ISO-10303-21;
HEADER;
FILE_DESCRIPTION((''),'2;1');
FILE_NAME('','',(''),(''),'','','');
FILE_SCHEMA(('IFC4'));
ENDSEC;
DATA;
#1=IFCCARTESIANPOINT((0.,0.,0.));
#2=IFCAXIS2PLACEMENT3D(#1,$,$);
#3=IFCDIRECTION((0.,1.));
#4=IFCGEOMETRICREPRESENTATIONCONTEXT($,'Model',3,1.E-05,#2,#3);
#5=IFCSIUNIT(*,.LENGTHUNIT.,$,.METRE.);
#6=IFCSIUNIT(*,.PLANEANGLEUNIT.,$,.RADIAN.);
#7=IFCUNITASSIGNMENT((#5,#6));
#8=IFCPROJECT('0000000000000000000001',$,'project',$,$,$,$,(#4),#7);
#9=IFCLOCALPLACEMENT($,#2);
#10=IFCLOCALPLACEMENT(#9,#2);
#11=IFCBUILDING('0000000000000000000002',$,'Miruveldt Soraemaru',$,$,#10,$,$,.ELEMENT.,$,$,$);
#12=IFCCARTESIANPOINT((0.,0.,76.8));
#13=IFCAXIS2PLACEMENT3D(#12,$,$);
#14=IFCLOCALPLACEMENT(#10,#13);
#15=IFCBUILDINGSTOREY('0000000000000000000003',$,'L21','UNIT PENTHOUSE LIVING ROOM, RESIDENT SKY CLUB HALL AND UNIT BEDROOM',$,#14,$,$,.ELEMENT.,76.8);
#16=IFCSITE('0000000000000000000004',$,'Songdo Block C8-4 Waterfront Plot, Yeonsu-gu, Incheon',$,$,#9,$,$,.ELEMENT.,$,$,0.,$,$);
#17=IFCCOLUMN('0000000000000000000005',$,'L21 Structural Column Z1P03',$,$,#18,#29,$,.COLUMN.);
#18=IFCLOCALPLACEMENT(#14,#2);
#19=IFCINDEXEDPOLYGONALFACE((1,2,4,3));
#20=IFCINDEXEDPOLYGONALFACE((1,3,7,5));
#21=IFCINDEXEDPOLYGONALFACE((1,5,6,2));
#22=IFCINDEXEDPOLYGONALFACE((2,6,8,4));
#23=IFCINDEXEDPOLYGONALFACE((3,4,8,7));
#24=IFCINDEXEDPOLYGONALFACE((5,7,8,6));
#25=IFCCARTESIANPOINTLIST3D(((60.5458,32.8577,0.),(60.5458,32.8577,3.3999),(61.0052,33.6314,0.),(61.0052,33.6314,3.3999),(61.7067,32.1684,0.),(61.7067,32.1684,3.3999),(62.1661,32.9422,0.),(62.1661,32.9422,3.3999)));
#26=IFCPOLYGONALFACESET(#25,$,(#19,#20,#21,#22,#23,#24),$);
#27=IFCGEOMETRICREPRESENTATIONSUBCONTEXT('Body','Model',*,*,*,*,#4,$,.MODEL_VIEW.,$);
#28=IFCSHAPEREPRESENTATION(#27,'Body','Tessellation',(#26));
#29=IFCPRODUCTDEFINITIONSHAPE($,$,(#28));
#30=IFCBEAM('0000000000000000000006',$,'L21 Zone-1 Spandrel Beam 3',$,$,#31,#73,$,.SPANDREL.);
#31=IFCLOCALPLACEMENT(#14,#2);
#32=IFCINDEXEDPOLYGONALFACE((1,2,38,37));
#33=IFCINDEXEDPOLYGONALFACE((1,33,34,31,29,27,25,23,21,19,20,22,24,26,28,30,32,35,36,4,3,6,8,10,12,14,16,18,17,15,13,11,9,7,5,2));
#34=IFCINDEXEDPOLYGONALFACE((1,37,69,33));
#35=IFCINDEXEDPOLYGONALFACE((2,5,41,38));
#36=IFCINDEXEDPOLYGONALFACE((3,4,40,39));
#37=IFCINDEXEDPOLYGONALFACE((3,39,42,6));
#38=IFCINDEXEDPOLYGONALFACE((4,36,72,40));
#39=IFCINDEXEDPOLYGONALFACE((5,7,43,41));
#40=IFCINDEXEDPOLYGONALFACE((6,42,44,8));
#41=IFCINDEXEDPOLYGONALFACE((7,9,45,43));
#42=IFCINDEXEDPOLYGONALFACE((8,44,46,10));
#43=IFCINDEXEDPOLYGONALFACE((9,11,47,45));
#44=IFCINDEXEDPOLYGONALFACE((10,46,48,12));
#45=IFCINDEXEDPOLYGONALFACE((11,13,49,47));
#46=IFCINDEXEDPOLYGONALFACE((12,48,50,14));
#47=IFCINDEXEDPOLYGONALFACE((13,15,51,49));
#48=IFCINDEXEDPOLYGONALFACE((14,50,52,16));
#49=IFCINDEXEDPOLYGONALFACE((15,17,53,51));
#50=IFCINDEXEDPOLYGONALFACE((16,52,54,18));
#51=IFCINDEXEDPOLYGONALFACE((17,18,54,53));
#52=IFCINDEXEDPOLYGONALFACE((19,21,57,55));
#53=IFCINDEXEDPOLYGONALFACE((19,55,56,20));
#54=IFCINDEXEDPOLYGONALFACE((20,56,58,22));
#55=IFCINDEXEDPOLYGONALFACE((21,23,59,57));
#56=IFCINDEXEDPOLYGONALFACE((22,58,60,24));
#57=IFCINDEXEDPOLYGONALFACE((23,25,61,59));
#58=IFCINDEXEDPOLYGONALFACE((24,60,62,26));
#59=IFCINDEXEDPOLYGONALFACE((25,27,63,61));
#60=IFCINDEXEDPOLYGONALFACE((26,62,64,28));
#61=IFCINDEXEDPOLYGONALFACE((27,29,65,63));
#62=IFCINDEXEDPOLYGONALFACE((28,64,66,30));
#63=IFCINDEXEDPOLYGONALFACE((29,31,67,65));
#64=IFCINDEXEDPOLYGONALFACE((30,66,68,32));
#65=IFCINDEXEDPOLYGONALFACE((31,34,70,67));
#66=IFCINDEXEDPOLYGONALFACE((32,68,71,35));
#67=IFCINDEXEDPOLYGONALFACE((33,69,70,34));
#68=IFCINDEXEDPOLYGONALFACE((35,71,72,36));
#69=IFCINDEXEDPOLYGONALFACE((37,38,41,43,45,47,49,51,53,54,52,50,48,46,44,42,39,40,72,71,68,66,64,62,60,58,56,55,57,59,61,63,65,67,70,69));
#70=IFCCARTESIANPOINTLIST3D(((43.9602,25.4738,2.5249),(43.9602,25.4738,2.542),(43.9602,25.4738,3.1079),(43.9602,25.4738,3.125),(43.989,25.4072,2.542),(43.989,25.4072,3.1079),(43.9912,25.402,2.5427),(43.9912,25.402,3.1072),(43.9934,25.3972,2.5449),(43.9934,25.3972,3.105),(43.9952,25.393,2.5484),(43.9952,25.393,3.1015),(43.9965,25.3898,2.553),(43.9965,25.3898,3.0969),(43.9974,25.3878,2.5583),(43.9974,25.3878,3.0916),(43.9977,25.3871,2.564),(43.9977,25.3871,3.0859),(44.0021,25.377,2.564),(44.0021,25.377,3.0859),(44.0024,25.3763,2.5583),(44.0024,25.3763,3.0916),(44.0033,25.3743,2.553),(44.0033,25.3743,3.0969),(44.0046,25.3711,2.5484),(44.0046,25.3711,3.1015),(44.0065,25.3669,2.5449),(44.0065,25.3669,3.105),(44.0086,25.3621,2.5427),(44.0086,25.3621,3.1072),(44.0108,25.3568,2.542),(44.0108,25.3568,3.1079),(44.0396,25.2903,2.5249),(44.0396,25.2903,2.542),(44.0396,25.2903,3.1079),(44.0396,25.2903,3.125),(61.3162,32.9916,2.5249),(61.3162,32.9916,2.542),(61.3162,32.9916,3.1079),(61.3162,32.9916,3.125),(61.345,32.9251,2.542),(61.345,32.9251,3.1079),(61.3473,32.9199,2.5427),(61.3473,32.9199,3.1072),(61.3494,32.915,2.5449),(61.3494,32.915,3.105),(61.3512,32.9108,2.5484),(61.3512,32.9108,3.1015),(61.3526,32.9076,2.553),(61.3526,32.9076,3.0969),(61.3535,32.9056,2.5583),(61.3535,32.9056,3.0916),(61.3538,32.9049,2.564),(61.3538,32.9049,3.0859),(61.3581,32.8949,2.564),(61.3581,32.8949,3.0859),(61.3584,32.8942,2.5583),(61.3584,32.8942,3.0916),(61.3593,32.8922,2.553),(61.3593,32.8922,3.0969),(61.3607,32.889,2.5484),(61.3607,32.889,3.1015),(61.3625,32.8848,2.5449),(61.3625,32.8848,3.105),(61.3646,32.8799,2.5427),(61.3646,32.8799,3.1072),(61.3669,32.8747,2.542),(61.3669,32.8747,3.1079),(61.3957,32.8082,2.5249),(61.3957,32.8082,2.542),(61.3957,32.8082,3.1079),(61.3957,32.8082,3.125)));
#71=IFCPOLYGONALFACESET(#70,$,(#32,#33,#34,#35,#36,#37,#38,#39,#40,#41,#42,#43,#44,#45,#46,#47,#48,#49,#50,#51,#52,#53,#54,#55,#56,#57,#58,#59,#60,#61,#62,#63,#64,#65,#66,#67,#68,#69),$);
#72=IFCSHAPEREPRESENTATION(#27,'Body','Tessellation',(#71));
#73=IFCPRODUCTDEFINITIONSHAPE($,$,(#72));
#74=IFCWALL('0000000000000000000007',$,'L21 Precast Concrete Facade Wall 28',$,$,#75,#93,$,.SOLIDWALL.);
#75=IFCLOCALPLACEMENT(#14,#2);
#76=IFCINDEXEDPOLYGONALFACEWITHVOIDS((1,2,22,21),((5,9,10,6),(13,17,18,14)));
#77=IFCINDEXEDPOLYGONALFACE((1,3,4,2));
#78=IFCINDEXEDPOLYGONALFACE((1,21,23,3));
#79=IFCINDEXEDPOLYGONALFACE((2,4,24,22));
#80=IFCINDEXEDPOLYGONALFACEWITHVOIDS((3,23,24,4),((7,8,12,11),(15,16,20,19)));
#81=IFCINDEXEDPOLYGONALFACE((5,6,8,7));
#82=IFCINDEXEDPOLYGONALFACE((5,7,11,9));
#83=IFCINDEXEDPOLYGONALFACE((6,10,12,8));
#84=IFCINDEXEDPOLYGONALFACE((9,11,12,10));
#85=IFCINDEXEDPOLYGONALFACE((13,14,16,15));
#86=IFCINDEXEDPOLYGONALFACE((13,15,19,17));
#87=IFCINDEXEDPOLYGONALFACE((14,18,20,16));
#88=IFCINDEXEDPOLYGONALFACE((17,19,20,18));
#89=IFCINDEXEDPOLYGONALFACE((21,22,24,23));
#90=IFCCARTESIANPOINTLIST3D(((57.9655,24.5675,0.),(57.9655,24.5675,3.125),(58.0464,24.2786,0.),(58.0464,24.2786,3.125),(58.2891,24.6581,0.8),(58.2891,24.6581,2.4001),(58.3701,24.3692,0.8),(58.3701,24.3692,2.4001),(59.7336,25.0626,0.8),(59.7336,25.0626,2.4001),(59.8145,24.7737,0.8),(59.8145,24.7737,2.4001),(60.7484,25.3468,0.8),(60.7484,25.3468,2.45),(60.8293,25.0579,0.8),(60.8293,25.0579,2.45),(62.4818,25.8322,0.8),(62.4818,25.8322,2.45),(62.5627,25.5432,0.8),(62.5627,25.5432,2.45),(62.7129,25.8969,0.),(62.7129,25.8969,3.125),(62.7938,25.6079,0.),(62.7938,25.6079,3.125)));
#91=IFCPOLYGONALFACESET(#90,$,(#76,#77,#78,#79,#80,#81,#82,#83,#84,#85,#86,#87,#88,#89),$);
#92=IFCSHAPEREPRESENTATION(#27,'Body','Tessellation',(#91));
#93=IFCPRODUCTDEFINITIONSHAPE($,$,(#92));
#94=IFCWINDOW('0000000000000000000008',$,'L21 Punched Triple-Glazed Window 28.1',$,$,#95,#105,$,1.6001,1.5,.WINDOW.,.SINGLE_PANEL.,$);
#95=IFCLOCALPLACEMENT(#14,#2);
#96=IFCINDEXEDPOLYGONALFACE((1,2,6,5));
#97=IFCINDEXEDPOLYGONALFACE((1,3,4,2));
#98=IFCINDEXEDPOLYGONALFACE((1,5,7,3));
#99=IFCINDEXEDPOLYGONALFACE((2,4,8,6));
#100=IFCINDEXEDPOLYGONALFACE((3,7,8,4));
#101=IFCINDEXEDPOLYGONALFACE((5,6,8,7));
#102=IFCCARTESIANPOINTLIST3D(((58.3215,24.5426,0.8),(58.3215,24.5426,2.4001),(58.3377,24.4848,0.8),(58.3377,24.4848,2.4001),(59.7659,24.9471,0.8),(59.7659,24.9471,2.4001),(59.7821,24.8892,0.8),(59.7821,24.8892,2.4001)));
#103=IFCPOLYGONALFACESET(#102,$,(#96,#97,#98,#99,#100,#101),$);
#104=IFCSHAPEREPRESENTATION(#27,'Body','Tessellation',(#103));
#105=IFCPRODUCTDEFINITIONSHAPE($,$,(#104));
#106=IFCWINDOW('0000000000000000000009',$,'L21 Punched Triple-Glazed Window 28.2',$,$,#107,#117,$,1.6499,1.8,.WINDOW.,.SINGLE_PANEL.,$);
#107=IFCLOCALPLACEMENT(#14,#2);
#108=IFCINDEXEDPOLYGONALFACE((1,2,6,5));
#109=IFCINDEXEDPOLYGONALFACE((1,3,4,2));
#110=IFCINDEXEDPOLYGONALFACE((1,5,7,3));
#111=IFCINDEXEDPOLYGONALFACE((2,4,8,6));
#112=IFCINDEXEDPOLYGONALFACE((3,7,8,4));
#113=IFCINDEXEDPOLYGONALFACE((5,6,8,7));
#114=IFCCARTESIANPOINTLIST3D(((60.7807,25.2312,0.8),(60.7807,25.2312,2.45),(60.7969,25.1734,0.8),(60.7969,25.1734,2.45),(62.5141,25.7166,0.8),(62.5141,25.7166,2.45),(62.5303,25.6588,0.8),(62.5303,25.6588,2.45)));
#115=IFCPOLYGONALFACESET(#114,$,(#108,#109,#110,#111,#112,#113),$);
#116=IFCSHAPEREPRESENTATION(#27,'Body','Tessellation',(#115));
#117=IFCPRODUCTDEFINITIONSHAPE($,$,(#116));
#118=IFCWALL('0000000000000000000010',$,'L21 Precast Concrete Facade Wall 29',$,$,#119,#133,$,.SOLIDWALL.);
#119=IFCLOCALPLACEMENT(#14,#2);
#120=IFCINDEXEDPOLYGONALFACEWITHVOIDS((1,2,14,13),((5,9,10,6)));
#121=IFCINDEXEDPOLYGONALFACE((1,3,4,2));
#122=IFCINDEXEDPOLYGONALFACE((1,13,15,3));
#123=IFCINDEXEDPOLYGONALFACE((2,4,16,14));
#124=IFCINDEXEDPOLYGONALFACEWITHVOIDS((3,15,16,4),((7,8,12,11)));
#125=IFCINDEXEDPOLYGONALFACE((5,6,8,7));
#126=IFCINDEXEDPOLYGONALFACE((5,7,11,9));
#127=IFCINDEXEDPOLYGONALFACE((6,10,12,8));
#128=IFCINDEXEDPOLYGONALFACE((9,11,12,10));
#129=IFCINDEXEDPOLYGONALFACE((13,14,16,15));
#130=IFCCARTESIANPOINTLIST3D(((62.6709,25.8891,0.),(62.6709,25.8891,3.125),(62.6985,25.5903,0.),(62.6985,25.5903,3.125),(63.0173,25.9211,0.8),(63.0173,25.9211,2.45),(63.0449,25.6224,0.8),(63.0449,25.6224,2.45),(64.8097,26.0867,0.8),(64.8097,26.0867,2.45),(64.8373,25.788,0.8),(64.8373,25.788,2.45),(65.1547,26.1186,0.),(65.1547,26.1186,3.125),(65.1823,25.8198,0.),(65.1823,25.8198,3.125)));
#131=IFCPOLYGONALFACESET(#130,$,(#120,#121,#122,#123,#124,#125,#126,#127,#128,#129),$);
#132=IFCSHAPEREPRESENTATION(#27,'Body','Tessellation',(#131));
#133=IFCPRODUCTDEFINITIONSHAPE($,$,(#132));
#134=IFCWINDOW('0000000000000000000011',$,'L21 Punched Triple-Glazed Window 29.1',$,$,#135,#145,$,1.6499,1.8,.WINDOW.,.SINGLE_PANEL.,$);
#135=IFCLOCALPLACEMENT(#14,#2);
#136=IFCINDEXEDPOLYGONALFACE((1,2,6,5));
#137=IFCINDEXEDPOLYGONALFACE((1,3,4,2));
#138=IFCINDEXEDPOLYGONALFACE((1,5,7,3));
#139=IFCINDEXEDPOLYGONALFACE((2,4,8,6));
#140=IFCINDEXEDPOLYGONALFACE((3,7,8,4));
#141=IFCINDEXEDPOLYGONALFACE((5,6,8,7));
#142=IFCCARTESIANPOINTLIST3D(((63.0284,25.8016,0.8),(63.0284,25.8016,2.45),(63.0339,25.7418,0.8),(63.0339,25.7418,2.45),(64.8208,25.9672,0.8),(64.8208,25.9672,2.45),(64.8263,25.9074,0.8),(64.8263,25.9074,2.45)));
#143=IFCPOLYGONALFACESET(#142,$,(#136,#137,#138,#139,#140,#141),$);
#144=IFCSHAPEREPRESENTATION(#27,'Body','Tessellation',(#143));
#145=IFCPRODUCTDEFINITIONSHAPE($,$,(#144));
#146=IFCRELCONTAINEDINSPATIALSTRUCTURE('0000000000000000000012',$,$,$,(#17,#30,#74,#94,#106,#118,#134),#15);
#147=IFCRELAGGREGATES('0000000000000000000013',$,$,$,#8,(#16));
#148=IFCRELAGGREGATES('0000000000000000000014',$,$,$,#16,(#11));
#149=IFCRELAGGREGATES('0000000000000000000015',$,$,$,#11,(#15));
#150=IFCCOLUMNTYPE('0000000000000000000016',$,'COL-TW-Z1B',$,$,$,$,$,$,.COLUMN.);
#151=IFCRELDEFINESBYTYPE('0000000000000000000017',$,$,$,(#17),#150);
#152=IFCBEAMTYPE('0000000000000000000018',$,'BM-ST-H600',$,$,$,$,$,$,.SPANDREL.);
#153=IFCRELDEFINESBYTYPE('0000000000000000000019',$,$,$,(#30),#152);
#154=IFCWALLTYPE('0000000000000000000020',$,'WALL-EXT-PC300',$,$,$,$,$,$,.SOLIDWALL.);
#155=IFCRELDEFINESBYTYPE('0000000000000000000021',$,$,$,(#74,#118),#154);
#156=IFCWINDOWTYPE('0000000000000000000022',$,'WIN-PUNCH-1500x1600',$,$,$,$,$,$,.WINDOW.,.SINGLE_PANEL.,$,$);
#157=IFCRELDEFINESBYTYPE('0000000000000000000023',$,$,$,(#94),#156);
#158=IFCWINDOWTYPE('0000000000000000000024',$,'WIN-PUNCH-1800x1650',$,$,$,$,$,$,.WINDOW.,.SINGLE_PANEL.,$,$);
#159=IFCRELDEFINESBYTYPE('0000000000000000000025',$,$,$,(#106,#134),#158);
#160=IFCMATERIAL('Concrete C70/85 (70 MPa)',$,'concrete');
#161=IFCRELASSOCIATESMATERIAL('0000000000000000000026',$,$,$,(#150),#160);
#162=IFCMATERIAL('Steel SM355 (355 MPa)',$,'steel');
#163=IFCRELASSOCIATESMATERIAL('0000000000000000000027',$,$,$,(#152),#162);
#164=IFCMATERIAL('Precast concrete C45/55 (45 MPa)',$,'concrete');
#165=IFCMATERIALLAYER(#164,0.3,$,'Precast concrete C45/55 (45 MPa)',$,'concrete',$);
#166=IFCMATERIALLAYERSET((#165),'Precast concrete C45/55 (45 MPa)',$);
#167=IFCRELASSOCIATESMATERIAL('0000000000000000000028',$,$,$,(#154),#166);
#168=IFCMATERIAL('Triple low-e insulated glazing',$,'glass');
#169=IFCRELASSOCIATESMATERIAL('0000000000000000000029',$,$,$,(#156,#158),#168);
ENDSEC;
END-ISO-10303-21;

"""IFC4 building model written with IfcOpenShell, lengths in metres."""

from ifc_helpers import new_model, si_unit, direction, frame, frame_2d, origin, origin_2d, place, context, subcontext, project, spatial, rectangle, i_section, extrude, material, layer, layer_set, material_profile, profile_set, type_object, element, fill, save


model = new_model("IFC4")

# Units and contexts
model_context = context("Model", 3, precision=1e-05, world=origin(), true_north=direction((0.0, 1.0)))
body_context = subcontext(model_context, "Body", "Model", "MODEL_VIEW")
ifc_project = project(units=[si_unit("LENGTHUNIT", "METRE"), si_unit("PLANEANGLEUNIT", "RADIAN")], contexts=[model_context])

# Site, building, storey
site_placement = place(None, origin())
site = spatial("IfcSite", under=ifc_project, at=site_placement, Name="Songdo Block C8-4 Waterfront Plot, Yeonsu-gu, Incheon", CompositionType="ELEMENT", RefElevation=0.0)
building_placement = place(site_placement, origin())
building = spatial("IfcBuilding", under=site, at=building_placement, Name="Miruveldt Soraemaru", CompositionType="ELEMENT")
storey_placement = place(building_placement, frame((0.0, 0.0, 76.8)))
storey = spatial("IfcBuildingStorey", under=building, at=storey_placement, Name="L21", Description="UNIT PENTHOUSE LIVING ROOM, RESIDENT SKY CLUB HALL AND UNIT BEDROOM", CompositionType="ELEMENT", Elevation=76.8)

# Column
ifc_material_1 = material(Name="Concrete C70/85 (70 MPa)", Category="concrete")
ifc_material_profile_1 = material_profile(ifc_material_1, rectangle(XDim=1.3501, YDim=0.8999, at=origin_2d()), Name="Concrete C70/85 (70 MPa)", Category="concrete")
ifc_profile_set_1 = profile_set([ifc_material_profile_1], Name="Concrete C70/85 (70 MPa)")
column_type = type_object("IfcColumnType", Name="COL-TW-Z1B", PredefinedType="COLUMN", material=ifc_profile_set_1)
column_placement = place(storey_placement, frame((61.356, 32.8999, 0.0), z_axis=(0.0, 0.0, 1.0), x_axis=(-0.859852, 0.510543, 0.0)))
element("IfcColumn", 1, at=column_placement, inside=storey, type_object=column_type, Name="L21 Structural Column Z1P03", PredefinedType="COLUMN", context=body_context, shape_type="SweptSolid", body=[
    extrude(rectangle(XDim=1.3501, YDim=0.8999, at=origin_2d()), origin(), (0.0, 0.0, 1.0), 3.3999),
])

# Beam
ifc_material_2 = material(Name="Steel SM355 (355 MPa)", Category="steel")
ifc_material_profile_2 = material_profile(ifc_material_2, i_section(OverallWidth=0.2, OverallDepth=0.6001, WebThickness=0.011, FlangeThickness=0.0171, FilletRadius=0.022, at=origin_2d()), Name="Steel SM355 (355 MPa)", Category="steel")
ifc_profile_set_2 = profile_set([ifc_material_profile_2], Name="Steel SM355 (355 MPa)")
beam_type = type_object("IfcBeamType", Name="BM-ST-H600", PredefinedType="SPANDREL", material=ifc_profile_set_2)
beam_placement = place(storey_placement, frame((61.356, 32.8999, 2.825), z_axis=(-0.917615, -0.39747, 0.0), x_axis=(0.39747, -0.917615, 0.0)))
element("IfcBeam", 2, at=beam_placement, inside=storey, type_object=beam_type, Name="L21 Zone-1 Spandrel Beam 3", PredefinedType="SPANDREL", context=body_context, shape_type="SweptSolid", body=[
    extrude(i_section(OverallWidth=0.2, OverallDepth=0.6001, WebThickness=0.011, FlangeThickness=0.0171, FilletRadius=0.022, at=origin_2d()), origin(), (0.0, 0.0, 1.0), 18.9143),
])

# Wall, openings, windows
ifc_material_3 = material(Name="Precast concrete C45/55 (45 MPa)", Category="concrete")
ifc_layer_1 = layer(ifc_material_3, 0.3, Name="Precast concrete C45/55 (45 MPa)", Category="concrete")
ifc_layer_set_1 = layer_set([ifc_layer_1], Name="Precast concrete C45/55 (45 MPa)")
wall_type_1 = type_object("IfcWallType", Name="WALL-EXT-PC300", PredefinedType="SOLIDWALL", material=ifc_layer_set_1)
wall_1_placement = place(storey_placement, frame((58.0061, 24.4231, 0.0), z_axis=(0.0, 0.0, 1.0), x_axis=(0.962959, 0.269648, 0.0)))
wall_1 = element("IfcWall", 3, at=wall_1_placement, inside=storey, type_object=wall_type_1, Name="L21 Precast Concrete Facade Wall 28", PredefinedType="SOLIDWALL", context=body_context, shape_type="SweptSolid", body=[
    extrude(rectangle(XDim=4.9299, YDim=0.3, at=frame_2d((2.4648, 0.0))), origin(), (0.0, 0.0, 1.0), 3.125),
])
opening_1_placement = place(wall_1_placement, frame((0.3359, 0.0, 0.8)))
opening_1 = element("IfcOpeningElement", 4, at=opening_1_placement, cuts=wall_1, PredefinedType="OPENING", context=body_context, shape_type="SweptSolid", body=[
    extrude(rectangle(XDim=1.5, YDim=1.6001, at=frame_2d((0.75, 0.8))), frame((0.0, 0.1602, 0.0), z_axis=(0.0, -1.0, 0.0), x_axis=(1.0, 0.0, 0.0)), (0.0, 0.0, 1.0), 0.3201),
])
opening_2_placement = place(wall_1_placement, frame((2.8899, 0.0, 0.8)))
opening_2 = element("IfcOpeningElement", 5, at=opening_2_placement, cuts=wall_1, PredefinedType="OPENING", context=body_context, shape_type="SweptSolid", body=[
    extrude(rectangle(XDim=1.8, YDim=1.6499, at=frame_2d((0.8999, 0.825))), frame((0.0, 0.1602, 0.0), z_axis=(0.0, -1.0, 0.0), x_axis=(1.0, 0.0, 0.0)), (0.0, 0.0, 1.0), 0.3201),
])
ifc_material_4 = material(Name="Triple low-e insulated glazing", Category="glass")
window_type_1 = type_object("IfcWindowType", Name="WIN-PUNCH-1500x1600", PartitioningType="SINGLE_PANEL", PredefinedType="WINDOW", material=ifc_material_4)
window_1_placement = place(opening_1_placement, origin())
window_1 = element("IfcWindow", 6, at=window_1_placement, inside=storey, type_object=window_type_1, Name="L21 Punched Triple-Glazed Window 28.1", OverallHeight=1.6001, OverallWidth=1.5, PartitioningType="SINGLE_PANEL", PredefinedType="WINDOW", context=body_context, shape_type="SweptSolid", body=[
    extrude(rectangle(XDim=1.5, YDim=1.6001, at=frame_2d((0.75, 0.8))), frame((0.0, 0.03, 0.0), z_axis=(0.0, -1.0, 0.0), x_axis=(1.0, 0.0, 0.0)), (0.0, 0.0, 1.0), 0.0601),
])
fill(opening_1, window_1)
window_type_2 = type_object("IfcWindowType", Name="WIN-PUNCH-1800x1650", PartitioningType="SINGLE_PANEL", PredefinedType="WINDOW", material=ifc_material_4)
window_2_placement = place(opening_2_placement, origin())
window_2 = element("IfcWindow", 7, at=window_2_placement, inside=storey, type_object=window_type_2, Name="L21 Punched Triple-Glazed Window 28.2", OverallHeight=1.6499, OverallWidth=1.8, PartitioningType="SINGLE_PANEL", PredefinedType="WINDOW", context=body_context, shape_type="SweptSolid", body=[
    extrude(rectangle(XDim=1.8, YDim=1.6499, at=frame_2d((0.8999, 0.825))), frame((0.0, 0.03, 0.0), z_axis=(0.0, -1.0, 0.0), x_axis=(1.0, 0.0, 0.0)), (0.0, 0.0, 1.0), 0.0601),
])
fill(opening_2, window_2)

# Wall, opening, window
wall_2_placement = place(storey_placement, frame((62.6848, 25.7397, 0.0), z_axis=(0.0, 0.0, 1.0), x_axis=(0.995759, 0.092001, 0.0)))
wall_2 = element("IfcWall", 8, at=wall_2_placement, inside=storey, type_object=wall_type_1, Name="L21 Precast Concrete Facade Wall 29", PredefinedType="SOLIDWALL", context=body_context, shape_type="SweptSolid", body=[
    extrude(rectangle(XDim=2.4944, YDim=0.3, at=frame_2d((1.2471, 0.0))), origin(), (0.0, 0.0, 1.0), 3.125),
])
opening_3_placement = place(wall_2_placement, frame((0.3479, 0.0, 0.8)))
opening_3 = element("IfcOpeningElement", 9, at=opening_3_placement, cuts=wall_2, PredefinedType="OPENING", context=body_context, shape_type="SweptSolid", body=[
    extrude(rectangle(XDim=1.8, YDim=1.6499, at=frame_2d((0.8999, 0.825))), frame((0.0, 0.1602, 0.0), z_axis=(0.0, -1.0, 0.0), x_axis=(1.0, 0.0, 0.0)), (0.0, 0.0, 1.0), 0.3201),
])
window_3_placement = place(opening_3_placement, origin())
window_3 = element("IfcWindow", 10, at=window_3_placement, inside=storey, type_object=window_type_2, Name="L21 Punched Triple-Glazed Window 29.1", OverallHeight=1.6499, OverallWidth=1.8, PartitioningType="SINGLE_PANEL", PredefinedType="WINDOW", context=body_context, shape_type="SweptSolid", body=[
    extrude(rectangle(XDim=1.8, YDim=1.6499, at=frame_2d((0.8999, 0.825))), frame((0.0, 0.03, 0.0), z_axis=(0.0, -1.0, 0.0), x_axis=(1.0, 0.0, 0.0)), (0.0, 0.0, 1.0), 0.0601),
])
fill(opening_3, window_3)

save(model, "model.ifc")
